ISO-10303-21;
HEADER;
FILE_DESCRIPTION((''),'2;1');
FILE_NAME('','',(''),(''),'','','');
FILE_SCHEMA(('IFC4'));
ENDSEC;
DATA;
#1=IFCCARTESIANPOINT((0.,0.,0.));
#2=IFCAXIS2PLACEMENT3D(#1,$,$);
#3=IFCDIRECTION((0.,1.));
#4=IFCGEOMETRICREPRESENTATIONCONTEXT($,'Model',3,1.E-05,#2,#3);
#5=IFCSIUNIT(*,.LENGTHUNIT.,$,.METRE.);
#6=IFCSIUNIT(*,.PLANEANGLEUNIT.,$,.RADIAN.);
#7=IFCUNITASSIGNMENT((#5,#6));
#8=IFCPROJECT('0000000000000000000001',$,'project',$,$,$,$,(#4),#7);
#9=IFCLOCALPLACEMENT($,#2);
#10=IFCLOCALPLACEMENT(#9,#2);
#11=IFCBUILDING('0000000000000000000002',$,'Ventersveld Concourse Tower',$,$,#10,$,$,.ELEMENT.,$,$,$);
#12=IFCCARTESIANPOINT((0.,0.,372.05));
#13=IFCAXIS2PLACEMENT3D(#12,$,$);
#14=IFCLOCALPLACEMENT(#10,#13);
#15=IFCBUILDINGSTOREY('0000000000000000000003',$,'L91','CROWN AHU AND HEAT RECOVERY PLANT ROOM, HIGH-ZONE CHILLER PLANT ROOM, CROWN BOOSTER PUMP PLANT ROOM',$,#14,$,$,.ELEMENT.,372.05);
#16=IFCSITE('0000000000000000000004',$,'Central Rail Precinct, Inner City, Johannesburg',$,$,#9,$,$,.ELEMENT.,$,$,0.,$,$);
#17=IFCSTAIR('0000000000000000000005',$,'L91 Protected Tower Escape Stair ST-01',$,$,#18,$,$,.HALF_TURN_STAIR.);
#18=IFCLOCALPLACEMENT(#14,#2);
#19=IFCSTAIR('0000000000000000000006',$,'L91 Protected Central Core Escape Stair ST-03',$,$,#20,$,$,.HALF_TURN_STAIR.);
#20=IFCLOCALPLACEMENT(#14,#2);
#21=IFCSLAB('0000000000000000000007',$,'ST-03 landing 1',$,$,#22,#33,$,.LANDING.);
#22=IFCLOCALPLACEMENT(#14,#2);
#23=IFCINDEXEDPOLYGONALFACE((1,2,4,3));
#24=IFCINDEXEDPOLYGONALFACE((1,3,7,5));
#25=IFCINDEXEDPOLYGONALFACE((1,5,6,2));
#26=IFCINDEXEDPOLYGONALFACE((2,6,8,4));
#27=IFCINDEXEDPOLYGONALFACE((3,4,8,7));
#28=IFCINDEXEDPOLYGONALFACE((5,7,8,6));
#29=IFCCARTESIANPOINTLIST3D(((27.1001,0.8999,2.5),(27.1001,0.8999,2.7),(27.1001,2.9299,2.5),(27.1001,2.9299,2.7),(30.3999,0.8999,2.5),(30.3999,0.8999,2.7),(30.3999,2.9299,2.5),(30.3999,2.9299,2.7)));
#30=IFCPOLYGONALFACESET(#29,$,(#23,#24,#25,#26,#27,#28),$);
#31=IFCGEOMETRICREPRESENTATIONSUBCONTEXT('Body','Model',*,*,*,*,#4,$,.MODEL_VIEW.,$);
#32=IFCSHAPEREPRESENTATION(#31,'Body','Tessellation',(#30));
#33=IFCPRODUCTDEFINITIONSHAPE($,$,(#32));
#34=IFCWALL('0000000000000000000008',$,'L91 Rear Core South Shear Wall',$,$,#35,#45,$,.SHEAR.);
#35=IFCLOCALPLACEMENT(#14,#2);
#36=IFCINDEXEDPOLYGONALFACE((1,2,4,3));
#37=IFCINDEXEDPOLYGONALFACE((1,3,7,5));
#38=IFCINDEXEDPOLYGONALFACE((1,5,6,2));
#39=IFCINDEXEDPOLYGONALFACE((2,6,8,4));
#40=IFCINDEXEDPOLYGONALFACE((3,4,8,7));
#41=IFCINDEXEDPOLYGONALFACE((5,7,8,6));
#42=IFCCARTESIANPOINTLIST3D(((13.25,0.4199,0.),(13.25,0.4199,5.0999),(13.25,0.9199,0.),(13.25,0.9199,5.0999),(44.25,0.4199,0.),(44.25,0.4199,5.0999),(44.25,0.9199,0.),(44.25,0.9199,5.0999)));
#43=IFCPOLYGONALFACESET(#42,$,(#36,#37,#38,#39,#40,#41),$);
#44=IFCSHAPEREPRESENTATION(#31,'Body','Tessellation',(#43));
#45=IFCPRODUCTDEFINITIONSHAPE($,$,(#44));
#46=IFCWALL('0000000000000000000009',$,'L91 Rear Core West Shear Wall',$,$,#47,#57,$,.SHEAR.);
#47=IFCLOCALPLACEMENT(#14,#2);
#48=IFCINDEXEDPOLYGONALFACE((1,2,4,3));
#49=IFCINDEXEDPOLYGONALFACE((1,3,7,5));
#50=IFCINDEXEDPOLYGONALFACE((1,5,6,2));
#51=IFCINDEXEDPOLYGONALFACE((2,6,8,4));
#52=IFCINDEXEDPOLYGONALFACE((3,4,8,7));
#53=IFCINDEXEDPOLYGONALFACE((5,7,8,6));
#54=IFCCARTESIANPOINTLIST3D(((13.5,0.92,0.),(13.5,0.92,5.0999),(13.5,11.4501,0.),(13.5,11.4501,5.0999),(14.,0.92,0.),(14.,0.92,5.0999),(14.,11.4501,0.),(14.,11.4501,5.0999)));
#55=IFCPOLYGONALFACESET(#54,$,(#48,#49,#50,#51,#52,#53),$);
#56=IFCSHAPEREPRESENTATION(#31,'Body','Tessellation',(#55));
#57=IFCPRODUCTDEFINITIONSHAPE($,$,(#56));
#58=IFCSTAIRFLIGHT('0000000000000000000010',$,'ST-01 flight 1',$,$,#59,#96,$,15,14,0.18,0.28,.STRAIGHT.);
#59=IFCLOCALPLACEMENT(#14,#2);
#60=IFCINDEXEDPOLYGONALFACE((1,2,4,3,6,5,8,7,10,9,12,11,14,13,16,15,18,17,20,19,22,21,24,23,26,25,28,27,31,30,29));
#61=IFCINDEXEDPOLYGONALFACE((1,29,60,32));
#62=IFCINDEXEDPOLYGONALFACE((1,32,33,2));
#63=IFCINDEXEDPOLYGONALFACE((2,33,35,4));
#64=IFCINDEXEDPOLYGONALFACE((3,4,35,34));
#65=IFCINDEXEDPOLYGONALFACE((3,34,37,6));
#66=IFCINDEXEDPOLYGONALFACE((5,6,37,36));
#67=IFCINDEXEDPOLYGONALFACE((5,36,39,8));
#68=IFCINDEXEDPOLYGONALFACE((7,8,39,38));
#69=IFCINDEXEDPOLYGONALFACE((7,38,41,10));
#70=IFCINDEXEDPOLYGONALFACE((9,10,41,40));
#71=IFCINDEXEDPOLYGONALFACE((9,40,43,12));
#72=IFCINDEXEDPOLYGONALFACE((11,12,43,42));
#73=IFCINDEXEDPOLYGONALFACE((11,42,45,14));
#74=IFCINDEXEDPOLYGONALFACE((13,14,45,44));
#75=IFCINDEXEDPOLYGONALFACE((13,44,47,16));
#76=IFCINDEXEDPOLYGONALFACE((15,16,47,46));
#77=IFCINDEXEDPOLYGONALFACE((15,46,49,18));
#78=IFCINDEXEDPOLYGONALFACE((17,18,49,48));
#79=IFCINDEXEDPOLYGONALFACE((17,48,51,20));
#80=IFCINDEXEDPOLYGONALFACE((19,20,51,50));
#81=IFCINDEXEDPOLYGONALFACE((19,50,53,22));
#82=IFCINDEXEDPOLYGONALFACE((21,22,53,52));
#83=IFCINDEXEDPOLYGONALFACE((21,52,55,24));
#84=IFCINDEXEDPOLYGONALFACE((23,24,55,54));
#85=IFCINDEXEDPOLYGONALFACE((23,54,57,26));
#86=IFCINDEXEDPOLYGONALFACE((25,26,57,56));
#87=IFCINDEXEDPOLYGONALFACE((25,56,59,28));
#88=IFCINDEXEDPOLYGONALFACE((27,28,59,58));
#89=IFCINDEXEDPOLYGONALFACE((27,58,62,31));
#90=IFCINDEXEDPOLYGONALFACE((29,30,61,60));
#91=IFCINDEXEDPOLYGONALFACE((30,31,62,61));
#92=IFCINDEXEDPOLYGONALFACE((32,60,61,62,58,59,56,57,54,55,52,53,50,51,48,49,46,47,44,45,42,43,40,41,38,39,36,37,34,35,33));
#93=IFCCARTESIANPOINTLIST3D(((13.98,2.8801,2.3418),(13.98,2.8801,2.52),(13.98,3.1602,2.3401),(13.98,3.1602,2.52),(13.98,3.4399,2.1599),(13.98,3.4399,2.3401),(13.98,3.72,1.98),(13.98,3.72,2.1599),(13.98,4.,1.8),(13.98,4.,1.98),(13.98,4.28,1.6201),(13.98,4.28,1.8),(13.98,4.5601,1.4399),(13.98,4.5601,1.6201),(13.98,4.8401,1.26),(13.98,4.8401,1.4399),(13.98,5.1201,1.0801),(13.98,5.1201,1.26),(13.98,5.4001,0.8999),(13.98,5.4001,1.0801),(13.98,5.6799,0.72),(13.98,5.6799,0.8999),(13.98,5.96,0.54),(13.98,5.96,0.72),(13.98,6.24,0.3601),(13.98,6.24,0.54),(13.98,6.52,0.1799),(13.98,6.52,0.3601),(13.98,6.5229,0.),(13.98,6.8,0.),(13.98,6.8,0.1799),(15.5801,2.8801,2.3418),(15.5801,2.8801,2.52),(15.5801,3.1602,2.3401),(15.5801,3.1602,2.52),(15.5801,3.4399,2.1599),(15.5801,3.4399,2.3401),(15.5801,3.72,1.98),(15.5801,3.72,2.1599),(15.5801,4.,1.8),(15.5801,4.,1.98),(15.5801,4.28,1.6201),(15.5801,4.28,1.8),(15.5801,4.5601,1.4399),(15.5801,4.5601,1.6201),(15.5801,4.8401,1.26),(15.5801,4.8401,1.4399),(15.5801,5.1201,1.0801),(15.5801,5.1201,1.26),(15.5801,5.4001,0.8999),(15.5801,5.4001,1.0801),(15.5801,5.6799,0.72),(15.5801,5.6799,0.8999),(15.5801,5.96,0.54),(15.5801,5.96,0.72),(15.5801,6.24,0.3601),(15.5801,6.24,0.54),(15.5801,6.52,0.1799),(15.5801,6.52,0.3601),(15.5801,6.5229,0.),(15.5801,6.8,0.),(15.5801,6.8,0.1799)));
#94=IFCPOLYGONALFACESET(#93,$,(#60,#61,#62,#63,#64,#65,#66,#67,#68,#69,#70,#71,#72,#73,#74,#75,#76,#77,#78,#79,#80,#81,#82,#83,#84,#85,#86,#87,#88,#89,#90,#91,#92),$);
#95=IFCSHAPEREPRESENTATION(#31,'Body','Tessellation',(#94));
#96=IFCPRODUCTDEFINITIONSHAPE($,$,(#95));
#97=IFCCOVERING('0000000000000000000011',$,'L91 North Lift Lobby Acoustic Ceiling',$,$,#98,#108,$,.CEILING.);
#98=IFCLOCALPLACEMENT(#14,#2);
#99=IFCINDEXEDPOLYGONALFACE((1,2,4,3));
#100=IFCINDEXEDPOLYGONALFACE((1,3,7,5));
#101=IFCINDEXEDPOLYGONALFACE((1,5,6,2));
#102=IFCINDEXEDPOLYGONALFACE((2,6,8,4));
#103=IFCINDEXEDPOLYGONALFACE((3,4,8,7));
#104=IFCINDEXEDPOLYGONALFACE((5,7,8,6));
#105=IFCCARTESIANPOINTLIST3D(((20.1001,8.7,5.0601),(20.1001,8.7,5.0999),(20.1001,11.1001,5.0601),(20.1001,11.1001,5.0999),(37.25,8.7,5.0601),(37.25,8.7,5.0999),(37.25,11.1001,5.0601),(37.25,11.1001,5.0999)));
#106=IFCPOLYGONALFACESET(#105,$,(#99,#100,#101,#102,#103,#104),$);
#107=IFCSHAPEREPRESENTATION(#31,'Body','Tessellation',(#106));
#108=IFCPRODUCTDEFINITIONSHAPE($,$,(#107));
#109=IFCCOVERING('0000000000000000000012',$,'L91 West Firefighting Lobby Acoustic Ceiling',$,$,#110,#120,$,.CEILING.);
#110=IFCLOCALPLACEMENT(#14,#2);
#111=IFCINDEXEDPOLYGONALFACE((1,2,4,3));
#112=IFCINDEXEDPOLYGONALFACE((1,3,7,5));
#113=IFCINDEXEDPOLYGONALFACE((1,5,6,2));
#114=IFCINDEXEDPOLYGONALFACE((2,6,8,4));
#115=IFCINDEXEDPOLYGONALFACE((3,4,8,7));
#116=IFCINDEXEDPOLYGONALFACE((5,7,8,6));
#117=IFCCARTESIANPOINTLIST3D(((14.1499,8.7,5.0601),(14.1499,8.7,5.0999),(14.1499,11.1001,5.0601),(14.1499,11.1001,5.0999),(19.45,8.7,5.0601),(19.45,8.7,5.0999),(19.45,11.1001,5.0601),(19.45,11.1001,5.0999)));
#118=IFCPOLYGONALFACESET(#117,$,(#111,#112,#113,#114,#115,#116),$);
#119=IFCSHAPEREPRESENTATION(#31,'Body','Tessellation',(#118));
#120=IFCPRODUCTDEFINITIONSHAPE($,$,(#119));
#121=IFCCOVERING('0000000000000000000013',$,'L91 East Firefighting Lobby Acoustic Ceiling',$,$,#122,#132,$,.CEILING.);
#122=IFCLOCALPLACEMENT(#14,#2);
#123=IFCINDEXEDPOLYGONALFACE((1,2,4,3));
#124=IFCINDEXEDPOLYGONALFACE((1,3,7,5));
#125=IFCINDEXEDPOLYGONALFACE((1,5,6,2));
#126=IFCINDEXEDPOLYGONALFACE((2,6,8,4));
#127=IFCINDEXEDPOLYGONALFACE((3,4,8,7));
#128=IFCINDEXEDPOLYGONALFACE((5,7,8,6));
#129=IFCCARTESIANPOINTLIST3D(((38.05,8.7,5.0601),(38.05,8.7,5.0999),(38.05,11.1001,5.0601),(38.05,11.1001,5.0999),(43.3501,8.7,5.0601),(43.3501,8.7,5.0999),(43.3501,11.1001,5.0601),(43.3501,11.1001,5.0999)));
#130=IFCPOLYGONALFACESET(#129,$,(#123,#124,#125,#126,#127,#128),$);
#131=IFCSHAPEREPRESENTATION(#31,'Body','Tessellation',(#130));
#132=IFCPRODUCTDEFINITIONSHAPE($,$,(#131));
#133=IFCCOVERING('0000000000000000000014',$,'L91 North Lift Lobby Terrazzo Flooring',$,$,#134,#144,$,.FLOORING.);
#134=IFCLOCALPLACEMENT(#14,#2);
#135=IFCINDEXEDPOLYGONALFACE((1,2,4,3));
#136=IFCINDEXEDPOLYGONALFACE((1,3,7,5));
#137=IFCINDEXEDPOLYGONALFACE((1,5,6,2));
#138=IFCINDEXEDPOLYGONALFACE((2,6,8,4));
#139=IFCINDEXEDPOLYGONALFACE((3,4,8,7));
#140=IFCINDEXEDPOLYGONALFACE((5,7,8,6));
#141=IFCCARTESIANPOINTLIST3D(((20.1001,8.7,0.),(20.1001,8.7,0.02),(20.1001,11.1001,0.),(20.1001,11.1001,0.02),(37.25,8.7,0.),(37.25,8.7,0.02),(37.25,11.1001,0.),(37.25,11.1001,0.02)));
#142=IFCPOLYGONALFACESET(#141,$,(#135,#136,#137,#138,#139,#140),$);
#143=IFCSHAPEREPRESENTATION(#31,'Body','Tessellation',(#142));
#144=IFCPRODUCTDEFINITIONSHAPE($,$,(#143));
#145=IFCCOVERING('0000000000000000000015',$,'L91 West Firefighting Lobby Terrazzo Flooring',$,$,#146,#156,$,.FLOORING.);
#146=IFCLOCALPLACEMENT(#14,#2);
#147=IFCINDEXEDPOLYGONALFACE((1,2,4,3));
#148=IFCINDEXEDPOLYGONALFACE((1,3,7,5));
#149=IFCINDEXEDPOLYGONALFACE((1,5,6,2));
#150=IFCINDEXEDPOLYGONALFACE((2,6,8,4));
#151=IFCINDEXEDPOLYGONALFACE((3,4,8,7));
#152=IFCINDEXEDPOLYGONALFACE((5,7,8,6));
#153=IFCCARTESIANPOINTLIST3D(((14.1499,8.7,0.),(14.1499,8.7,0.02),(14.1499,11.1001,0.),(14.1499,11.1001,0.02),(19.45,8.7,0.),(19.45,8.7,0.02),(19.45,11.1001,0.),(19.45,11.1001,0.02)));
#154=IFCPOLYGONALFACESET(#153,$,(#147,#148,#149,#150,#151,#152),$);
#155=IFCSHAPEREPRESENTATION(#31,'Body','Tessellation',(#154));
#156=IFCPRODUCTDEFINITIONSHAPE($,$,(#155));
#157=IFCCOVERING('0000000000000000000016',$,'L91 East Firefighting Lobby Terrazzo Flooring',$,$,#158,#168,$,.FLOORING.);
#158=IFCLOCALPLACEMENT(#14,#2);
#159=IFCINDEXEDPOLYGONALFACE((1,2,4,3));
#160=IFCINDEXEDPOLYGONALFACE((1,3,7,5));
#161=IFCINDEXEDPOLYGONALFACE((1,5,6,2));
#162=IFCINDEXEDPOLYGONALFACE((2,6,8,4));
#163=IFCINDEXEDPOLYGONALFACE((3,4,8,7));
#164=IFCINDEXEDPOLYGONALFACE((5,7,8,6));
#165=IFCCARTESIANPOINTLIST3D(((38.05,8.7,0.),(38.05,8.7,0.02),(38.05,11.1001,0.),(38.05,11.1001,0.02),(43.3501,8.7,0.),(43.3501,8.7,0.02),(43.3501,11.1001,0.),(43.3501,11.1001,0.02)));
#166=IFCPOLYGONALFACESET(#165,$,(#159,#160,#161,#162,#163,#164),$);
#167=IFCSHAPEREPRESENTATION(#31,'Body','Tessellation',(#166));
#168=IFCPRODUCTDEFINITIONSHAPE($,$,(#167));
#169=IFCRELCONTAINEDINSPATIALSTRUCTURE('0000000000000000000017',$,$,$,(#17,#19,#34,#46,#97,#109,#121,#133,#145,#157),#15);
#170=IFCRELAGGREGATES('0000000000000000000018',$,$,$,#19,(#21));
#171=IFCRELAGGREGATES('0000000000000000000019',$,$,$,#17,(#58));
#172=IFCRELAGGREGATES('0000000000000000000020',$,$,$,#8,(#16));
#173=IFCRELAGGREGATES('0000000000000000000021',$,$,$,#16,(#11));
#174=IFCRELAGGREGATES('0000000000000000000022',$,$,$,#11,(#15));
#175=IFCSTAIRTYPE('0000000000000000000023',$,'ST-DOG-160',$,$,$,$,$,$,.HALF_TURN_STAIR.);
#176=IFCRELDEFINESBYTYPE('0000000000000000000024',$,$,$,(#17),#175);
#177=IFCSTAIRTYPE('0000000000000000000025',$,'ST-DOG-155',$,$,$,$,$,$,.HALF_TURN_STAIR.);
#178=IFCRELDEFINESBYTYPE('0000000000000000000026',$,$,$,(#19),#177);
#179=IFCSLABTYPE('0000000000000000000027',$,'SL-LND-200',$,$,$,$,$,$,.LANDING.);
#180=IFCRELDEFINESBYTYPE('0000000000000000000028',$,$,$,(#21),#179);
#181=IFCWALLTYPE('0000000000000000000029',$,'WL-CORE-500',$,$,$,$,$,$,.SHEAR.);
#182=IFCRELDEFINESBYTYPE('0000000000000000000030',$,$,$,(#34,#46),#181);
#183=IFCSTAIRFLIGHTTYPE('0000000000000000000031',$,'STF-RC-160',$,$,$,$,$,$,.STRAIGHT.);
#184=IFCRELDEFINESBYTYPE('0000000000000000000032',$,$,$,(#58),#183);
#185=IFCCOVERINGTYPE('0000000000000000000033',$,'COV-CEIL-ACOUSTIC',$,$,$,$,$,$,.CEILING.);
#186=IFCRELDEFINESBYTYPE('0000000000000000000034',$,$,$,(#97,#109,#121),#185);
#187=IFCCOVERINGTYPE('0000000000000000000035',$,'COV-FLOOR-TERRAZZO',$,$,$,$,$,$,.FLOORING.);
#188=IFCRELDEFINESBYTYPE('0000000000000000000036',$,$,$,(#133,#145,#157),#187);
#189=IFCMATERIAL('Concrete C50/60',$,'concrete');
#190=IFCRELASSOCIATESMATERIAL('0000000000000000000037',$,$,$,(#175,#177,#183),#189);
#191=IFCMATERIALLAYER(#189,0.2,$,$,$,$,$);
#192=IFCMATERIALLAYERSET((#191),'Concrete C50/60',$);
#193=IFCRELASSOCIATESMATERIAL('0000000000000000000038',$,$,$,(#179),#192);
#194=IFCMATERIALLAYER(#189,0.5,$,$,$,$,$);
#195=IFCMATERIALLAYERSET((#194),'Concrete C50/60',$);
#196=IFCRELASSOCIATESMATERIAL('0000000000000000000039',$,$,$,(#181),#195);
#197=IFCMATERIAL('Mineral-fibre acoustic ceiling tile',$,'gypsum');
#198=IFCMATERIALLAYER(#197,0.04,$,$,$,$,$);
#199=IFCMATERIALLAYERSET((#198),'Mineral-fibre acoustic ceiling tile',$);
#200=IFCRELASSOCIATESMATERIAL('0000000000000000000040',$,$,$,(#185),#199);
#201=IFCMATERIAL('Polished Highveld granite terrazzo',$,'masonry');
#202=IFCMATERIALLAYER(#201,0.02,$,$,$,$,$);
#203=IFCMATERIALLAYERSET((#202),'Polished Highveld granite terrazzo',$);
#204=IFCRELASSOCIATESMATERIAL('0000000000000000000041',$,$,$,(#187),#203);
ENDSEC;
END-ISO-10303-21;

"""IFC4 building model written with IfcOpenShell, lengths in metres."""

from ifc_helpers import new_model, si_unit, direction, frame, frame_2d, origin, place, context, subcontext, project, spatial, polyline, rectangle, outline, extrude, material, layer, layer_set, type_object, element, aggregate, save


model = new_model("IFC4")

# Units and contexts
model_context = context("Model", 3, precision=1e-05, world=origin(), true_north=direction((0.0, 1.0)))
body_context = subcontext(model_context, "Body", "Model", "MODEL_VIEW")
ifc_project = project(units=[si_unit("LENGTHUNIT", "METRE"), si_unit("PLANEANGLEUNIT", "RADIAN")], contexts=[model_context])

# Site, building, storey
site_placement = place(None, origin())
site = spatial("IfcSite", under=ifc_project, at=site_placement, Name="Central Rail Precinct, Inner City, Johannesburg", CompositionType="ELEMENT", RefElevation=0.0)
building_placement = place(site_placement, origin())
building = spatial("IfcBuilding", under=site, at=building_placement, Name="Ventersveld Concourse Tower", CompositionType="ELEMENT")
storey_placement = place(building_placement, frame((0.0, 0.0, 372.05)))
storey = spatial("IfcBuildingStorey", under=building, at=storey_placement, Name="L91", Description="CROWN AHU AND HEAT RECOVERY PLANT ROOM, HIGH-ZONE CHILLER PLANT ROOM, CROWN BOOSTER PUMP PLANT ROOM", CompositionType="ELEMENT", Elevation=372.05)

# Shared definitions
ifc_material_1 = material(Name="Concrete C50/60", Category="concrete")

# Stairs, slab
stair_type_1 = type_object("IfcStairType", Name="ST-DOG-160", PredefinedType="HALF_TURN_STAIR", material=ifc_material_1)
stair_1_placement = place(storey_placement, origin())
stair_1 = element("IfcStair", 1, at=stair_1_placement, inside=storey, type_object=stair_type_1, Name="L91 Protected Tower Escape Stair ST-01", PredefinedType="HALF_TURN_STAIR")
ifc_layer_1 = layer(ifc_material_1, 0.2)
ifc_layer_set_1 = layer_set([ifc_layer_1], Name="Concrete C50/60")
slab_type_1 = type_object("IfcSlabType", Name="SL-LND-200", PredefinedType="LANDING", material=ifc_layer_set_1)
stair_type_2 = type_object("IfcStairType", Name="ST-DOG-155", PredefinedType="HALF_TURN_STAIR", material=ifc_material_1)
stair_2_placement = place(storey_placement, origin())
stair_2 = element("IfcStair", 2, at=stair_2_placement, inside=storey, type_object=stair_type_2, Name="L91 Protected Central Core Escape Stair ST-03", PredefinedType="HALF_TURN_STAIR")
slab_1_placement = place(storey_placement, frame((0.0, 0.0, 2.5)))
slab_1 = element("IfcSlab", 3, at=slab_1_placement, type_object=slab_type_1, Name="ST-03 landing 1", PredefinedType="LANDING", context=body_context, shape_type="SweptSolid", body=[
    extrude(outline(polyline([(27.1001, 2.9299), (27.1001, 0.8999), (30.3999, 0.8999), (30.3999, 2.9299), (27.1001, 2.9299)])), origin(), (0.0, 0.0, 1.0), 0.2),
])
aggregate(stair_2, [slab_1])

# Walls
ifc_layer_2 = layer(ifc_material_1, 0.5)
ifc_layer_set_2 = layer_set([ifc_layer_2], Name="Concrete C50/60")
wall_type = type_object("IfcWallType", Name="WL-CORE-500", PredefinedType="SHEAR", material=ifc_layer_set_2)
wall_1_placement = place(storey_placement, frame((13.25, 0.6699, 0.0), z_axis=(0.0, 0.0, 1.0), x_axis=(1.0, 0.0, 0.0)))
element("IfcWall", 4, at=wall_1_placement, inside=storey, type_object=wall_type, Name="L91 Rear Core South Shear Wall", PredefinedType="SHEAR", context=body_context, shape_type="SweptSolid", body=[
    extrude(rectangle(XDim=31.0, YDim=0.5, at=frame_2d((15.5, 0.0))), origin(), (0.0, 0.0, 1.0), 5.0999),
])
wall_2_placement = place(storey_placement, frame((13.75, 0.9199, 0.0), z_axis=(0.0, 0.0, 1.0), x_axis=(0.0, 1.0, 0.0)))
element("IfcWall", 5, at=wall_2_placement, inside=storey, type_object=wall_type, Name="L91 Rear Core West Shear Wall", PredefinedType="SHEAR", context=body_context, shape_type="SweptSolid", body=[
    extrude(rectangle(XDim=10.53, YDim=0.5, at=frame_2d((5.2651, 0.0))), origin(), (0.0, 0.0, 1.0), 5.0999),
])

# Stair flight
stair_flight_type = type_object("IfcStairFlightType", Name="STF-RC-160", PredefinedType="STRAIGHT", material=ifc_material_1)
stair_flight_placement = place(storey_placement, frame((14.78, 6.8, 0.0), z_axis=(0.0, 0.0, 1.0), x_axis=(0.0, -1.0, 0.0)))
stair_flight = element("IfcStairFlight", 6, at=stair_flight_placement, type_object=stair_flight_type, Name="ST-01 flight 1", NumberOfRisers=15, NumberOfTreads=14, PredefinedType="STRAIGHT", RiserHeight=0.18, TreadLength=0.28, context=body_context, shape_type="SweptSolid", body=[
    extrude(outline(polyline([(0.0, 0.0), (0.0, 0.1799), (0.28, 0.1799), (0.28, 0.3601), (0.5601, 0.3601), (0.5601, 0.54), (0.8401, 0.54), (0.8401, 0.72), (1.1201, 0.72), (1.1201, 0.8999), (1.3999, 0.8999), (1.3999, 1.0801), (1.6799, 1.0801), (1.6799, 1.26), (1.96, 1.26), (1.96, 1.4399), (2.24, 1.4399), (2.24, 1.6201), (2.52, 1.6201), (2.52, 1.8), (2.8, 1.8), (2.8, 1.98), (3.0801, 1.98), (3.0801, 2.1599), (3.3601, 2.1599), (3.3601, 2.3401), (3.6399, 2.3401), (3.6399, 2.52), (3.9199, 2.52), (3.9199, 2.7), (3.9199, 2.3418), (0.2771, 0.0), (0.0, 0.0)])), frame((0.0, 0.8, 0.0), z_axis=(0.0, -1.0, 0.0), x_axis=(1.0, 0.0, 0.0)), (0.0, 0.0, 1.0), 1.6001),
])
aggregate(stair_1, [stair_flight])

# Coverings
ifc_material_2 = material(Name="Mineral-fibre acoustic ceiling tile", Category="gypsum")
ifc_layer_3 = layer(ifc_material_2, 0.04)
ifc_layer_set_3 = layer_set([ifc_layer_3], Name="Mineral-fibre acoustic ceiling tile")
covering_type_1 = type_object("IfcCoveringType", Name="COV-CEIL-ACOUSTIC", PredefinedType="CEILING", material=ifc_layer_set_3)
covering_1_placement = place(storey_placement, frame((0.0, 0.0, 5.0601)))
element("IfcCovering", 7, at=covering_1_placement, inside=storey, type_object=covering_type_1, Name="L91 North Lift Lobby Acoustic Ceiling", PredefinedType="CEILING", context=body_context, shape_type="SweptSolid", body=[
    extrude(outline(polyline([(20.1001, 8.7), (37.25, 8.7), (37.25, 11.1001), (20.1001, 11.1001), (20.1001, 8.7)])), origin(), (0.0, 0.0, 1.0), 0.0398),
])
covering_2_placement = place(storey_placement, frame((0.0, 0.0, 5.0601)))
element("IfcCovering", 8, at=covering_2_placement, inside=storey, type_object=covering_type_1, Name="L91 West Firefighting Lobby Acoustic Ceiling", PredefinedType="CEILING", context=body_context, shape_type="SweptSolid", body=[
    extrude(outline(polyline([(14.1499, 8.7), (19.45, 8.7), (19.45, 11.1001), (14.1499, 11.1001), (14.1499, 8.7)])), origin(), (0.0, 0.0, 1.0), 0.0398),
])
covering_3_placement = place(storey_placement, frame((0.0, 0.0, 5.0601)))
element("IfcCovering", 9, at=covering_3_placement, inside=storey, type_object=covering_type_1, Name="L91 East Firefighting Lobby Acoustic Ceiling", PredefinedType="CEILING", context=body_context, shape_type="SweptSolid", body=[
    extrude(outline(polyline([(38.05, 8.7), (43.3501, 8.7), (43.3501, 11.1001), (38.05, 11.1001), (38.05, 8.7)])), origin(), (0.0, 0.0, 1.0), 0.0398),
])
ifc_material_3 = material(Name="Polished Highveld granite terrazzo", Category="masonry")
ifc_layer_4 = layer(ifc_material_3, 0.02)
ifc_layer_set_4 = layer_set([ifc_layer_4], Name="Polished Highveld granite terrazzo")
covering_type_2 = type_object("IfcCoveringType", Name="COV-FLOOR-TERRAZZO", PredefinedType="FLOORING", material=ifc_layer_set_4)
covering_4_placement = place(storey_placement, origin())
element("IfcCovering", 10, at=covering_4_placement, inside=storey, type_object=covering_type_2, Name="L91 North Lift Lobby Terrazzo Flooring", PredefinedType="FLOORING", context=body_context, shape_type="SweptSolid", body=[
    extrude(outline(polyline([(20.1001, 8.7), (37.25, 8.7), (37.25, 11.1001), (20.1001, 11.1001), (20.1001, 8.7)])), origin(), (0.0, 0.0, 1.0), 0.02),
])
covering_5_placement = place(storey_placement, origin())
element("IfcCovering", 11, at=covering_5_placement, inside=storey, type_object=covering_type_2, Name="L91 West Firefighting Lobby Terrazzo Flooring", PredefinedType="FLOORING", context=body_context, shape_type="SweptSolid", body=[
    extrude(outline(polyline([(14.1499, 8.7), (19.45, 8.7), (19.45, 11.1001), (14.1499, 11.1001), (14.1499, 8.7)])), origin(), (0.0, 0.0, 1.0), 0.02),
])
covering_6_placement = place(storey_placement, origin())
element("IfcCovering", 12, at=covering_6_placement, inside=storey, type_object=covering_type_2, Name="L91 East Firefighting Lobby Terrazzo Flooring", PredefinedType="FLOORING", context=body_context, shape_type="SweptSolid", body=[
    extrude(outline(polyline([(38.05, 8.7), (43.3501, 8.7), (43.3501, 11.1001), (38.05, 11.1001), (38.05, 8.7)])), origin(), (0.0, 0.0, 1.0), 0.02),
])

save(model, "model.ifc")
